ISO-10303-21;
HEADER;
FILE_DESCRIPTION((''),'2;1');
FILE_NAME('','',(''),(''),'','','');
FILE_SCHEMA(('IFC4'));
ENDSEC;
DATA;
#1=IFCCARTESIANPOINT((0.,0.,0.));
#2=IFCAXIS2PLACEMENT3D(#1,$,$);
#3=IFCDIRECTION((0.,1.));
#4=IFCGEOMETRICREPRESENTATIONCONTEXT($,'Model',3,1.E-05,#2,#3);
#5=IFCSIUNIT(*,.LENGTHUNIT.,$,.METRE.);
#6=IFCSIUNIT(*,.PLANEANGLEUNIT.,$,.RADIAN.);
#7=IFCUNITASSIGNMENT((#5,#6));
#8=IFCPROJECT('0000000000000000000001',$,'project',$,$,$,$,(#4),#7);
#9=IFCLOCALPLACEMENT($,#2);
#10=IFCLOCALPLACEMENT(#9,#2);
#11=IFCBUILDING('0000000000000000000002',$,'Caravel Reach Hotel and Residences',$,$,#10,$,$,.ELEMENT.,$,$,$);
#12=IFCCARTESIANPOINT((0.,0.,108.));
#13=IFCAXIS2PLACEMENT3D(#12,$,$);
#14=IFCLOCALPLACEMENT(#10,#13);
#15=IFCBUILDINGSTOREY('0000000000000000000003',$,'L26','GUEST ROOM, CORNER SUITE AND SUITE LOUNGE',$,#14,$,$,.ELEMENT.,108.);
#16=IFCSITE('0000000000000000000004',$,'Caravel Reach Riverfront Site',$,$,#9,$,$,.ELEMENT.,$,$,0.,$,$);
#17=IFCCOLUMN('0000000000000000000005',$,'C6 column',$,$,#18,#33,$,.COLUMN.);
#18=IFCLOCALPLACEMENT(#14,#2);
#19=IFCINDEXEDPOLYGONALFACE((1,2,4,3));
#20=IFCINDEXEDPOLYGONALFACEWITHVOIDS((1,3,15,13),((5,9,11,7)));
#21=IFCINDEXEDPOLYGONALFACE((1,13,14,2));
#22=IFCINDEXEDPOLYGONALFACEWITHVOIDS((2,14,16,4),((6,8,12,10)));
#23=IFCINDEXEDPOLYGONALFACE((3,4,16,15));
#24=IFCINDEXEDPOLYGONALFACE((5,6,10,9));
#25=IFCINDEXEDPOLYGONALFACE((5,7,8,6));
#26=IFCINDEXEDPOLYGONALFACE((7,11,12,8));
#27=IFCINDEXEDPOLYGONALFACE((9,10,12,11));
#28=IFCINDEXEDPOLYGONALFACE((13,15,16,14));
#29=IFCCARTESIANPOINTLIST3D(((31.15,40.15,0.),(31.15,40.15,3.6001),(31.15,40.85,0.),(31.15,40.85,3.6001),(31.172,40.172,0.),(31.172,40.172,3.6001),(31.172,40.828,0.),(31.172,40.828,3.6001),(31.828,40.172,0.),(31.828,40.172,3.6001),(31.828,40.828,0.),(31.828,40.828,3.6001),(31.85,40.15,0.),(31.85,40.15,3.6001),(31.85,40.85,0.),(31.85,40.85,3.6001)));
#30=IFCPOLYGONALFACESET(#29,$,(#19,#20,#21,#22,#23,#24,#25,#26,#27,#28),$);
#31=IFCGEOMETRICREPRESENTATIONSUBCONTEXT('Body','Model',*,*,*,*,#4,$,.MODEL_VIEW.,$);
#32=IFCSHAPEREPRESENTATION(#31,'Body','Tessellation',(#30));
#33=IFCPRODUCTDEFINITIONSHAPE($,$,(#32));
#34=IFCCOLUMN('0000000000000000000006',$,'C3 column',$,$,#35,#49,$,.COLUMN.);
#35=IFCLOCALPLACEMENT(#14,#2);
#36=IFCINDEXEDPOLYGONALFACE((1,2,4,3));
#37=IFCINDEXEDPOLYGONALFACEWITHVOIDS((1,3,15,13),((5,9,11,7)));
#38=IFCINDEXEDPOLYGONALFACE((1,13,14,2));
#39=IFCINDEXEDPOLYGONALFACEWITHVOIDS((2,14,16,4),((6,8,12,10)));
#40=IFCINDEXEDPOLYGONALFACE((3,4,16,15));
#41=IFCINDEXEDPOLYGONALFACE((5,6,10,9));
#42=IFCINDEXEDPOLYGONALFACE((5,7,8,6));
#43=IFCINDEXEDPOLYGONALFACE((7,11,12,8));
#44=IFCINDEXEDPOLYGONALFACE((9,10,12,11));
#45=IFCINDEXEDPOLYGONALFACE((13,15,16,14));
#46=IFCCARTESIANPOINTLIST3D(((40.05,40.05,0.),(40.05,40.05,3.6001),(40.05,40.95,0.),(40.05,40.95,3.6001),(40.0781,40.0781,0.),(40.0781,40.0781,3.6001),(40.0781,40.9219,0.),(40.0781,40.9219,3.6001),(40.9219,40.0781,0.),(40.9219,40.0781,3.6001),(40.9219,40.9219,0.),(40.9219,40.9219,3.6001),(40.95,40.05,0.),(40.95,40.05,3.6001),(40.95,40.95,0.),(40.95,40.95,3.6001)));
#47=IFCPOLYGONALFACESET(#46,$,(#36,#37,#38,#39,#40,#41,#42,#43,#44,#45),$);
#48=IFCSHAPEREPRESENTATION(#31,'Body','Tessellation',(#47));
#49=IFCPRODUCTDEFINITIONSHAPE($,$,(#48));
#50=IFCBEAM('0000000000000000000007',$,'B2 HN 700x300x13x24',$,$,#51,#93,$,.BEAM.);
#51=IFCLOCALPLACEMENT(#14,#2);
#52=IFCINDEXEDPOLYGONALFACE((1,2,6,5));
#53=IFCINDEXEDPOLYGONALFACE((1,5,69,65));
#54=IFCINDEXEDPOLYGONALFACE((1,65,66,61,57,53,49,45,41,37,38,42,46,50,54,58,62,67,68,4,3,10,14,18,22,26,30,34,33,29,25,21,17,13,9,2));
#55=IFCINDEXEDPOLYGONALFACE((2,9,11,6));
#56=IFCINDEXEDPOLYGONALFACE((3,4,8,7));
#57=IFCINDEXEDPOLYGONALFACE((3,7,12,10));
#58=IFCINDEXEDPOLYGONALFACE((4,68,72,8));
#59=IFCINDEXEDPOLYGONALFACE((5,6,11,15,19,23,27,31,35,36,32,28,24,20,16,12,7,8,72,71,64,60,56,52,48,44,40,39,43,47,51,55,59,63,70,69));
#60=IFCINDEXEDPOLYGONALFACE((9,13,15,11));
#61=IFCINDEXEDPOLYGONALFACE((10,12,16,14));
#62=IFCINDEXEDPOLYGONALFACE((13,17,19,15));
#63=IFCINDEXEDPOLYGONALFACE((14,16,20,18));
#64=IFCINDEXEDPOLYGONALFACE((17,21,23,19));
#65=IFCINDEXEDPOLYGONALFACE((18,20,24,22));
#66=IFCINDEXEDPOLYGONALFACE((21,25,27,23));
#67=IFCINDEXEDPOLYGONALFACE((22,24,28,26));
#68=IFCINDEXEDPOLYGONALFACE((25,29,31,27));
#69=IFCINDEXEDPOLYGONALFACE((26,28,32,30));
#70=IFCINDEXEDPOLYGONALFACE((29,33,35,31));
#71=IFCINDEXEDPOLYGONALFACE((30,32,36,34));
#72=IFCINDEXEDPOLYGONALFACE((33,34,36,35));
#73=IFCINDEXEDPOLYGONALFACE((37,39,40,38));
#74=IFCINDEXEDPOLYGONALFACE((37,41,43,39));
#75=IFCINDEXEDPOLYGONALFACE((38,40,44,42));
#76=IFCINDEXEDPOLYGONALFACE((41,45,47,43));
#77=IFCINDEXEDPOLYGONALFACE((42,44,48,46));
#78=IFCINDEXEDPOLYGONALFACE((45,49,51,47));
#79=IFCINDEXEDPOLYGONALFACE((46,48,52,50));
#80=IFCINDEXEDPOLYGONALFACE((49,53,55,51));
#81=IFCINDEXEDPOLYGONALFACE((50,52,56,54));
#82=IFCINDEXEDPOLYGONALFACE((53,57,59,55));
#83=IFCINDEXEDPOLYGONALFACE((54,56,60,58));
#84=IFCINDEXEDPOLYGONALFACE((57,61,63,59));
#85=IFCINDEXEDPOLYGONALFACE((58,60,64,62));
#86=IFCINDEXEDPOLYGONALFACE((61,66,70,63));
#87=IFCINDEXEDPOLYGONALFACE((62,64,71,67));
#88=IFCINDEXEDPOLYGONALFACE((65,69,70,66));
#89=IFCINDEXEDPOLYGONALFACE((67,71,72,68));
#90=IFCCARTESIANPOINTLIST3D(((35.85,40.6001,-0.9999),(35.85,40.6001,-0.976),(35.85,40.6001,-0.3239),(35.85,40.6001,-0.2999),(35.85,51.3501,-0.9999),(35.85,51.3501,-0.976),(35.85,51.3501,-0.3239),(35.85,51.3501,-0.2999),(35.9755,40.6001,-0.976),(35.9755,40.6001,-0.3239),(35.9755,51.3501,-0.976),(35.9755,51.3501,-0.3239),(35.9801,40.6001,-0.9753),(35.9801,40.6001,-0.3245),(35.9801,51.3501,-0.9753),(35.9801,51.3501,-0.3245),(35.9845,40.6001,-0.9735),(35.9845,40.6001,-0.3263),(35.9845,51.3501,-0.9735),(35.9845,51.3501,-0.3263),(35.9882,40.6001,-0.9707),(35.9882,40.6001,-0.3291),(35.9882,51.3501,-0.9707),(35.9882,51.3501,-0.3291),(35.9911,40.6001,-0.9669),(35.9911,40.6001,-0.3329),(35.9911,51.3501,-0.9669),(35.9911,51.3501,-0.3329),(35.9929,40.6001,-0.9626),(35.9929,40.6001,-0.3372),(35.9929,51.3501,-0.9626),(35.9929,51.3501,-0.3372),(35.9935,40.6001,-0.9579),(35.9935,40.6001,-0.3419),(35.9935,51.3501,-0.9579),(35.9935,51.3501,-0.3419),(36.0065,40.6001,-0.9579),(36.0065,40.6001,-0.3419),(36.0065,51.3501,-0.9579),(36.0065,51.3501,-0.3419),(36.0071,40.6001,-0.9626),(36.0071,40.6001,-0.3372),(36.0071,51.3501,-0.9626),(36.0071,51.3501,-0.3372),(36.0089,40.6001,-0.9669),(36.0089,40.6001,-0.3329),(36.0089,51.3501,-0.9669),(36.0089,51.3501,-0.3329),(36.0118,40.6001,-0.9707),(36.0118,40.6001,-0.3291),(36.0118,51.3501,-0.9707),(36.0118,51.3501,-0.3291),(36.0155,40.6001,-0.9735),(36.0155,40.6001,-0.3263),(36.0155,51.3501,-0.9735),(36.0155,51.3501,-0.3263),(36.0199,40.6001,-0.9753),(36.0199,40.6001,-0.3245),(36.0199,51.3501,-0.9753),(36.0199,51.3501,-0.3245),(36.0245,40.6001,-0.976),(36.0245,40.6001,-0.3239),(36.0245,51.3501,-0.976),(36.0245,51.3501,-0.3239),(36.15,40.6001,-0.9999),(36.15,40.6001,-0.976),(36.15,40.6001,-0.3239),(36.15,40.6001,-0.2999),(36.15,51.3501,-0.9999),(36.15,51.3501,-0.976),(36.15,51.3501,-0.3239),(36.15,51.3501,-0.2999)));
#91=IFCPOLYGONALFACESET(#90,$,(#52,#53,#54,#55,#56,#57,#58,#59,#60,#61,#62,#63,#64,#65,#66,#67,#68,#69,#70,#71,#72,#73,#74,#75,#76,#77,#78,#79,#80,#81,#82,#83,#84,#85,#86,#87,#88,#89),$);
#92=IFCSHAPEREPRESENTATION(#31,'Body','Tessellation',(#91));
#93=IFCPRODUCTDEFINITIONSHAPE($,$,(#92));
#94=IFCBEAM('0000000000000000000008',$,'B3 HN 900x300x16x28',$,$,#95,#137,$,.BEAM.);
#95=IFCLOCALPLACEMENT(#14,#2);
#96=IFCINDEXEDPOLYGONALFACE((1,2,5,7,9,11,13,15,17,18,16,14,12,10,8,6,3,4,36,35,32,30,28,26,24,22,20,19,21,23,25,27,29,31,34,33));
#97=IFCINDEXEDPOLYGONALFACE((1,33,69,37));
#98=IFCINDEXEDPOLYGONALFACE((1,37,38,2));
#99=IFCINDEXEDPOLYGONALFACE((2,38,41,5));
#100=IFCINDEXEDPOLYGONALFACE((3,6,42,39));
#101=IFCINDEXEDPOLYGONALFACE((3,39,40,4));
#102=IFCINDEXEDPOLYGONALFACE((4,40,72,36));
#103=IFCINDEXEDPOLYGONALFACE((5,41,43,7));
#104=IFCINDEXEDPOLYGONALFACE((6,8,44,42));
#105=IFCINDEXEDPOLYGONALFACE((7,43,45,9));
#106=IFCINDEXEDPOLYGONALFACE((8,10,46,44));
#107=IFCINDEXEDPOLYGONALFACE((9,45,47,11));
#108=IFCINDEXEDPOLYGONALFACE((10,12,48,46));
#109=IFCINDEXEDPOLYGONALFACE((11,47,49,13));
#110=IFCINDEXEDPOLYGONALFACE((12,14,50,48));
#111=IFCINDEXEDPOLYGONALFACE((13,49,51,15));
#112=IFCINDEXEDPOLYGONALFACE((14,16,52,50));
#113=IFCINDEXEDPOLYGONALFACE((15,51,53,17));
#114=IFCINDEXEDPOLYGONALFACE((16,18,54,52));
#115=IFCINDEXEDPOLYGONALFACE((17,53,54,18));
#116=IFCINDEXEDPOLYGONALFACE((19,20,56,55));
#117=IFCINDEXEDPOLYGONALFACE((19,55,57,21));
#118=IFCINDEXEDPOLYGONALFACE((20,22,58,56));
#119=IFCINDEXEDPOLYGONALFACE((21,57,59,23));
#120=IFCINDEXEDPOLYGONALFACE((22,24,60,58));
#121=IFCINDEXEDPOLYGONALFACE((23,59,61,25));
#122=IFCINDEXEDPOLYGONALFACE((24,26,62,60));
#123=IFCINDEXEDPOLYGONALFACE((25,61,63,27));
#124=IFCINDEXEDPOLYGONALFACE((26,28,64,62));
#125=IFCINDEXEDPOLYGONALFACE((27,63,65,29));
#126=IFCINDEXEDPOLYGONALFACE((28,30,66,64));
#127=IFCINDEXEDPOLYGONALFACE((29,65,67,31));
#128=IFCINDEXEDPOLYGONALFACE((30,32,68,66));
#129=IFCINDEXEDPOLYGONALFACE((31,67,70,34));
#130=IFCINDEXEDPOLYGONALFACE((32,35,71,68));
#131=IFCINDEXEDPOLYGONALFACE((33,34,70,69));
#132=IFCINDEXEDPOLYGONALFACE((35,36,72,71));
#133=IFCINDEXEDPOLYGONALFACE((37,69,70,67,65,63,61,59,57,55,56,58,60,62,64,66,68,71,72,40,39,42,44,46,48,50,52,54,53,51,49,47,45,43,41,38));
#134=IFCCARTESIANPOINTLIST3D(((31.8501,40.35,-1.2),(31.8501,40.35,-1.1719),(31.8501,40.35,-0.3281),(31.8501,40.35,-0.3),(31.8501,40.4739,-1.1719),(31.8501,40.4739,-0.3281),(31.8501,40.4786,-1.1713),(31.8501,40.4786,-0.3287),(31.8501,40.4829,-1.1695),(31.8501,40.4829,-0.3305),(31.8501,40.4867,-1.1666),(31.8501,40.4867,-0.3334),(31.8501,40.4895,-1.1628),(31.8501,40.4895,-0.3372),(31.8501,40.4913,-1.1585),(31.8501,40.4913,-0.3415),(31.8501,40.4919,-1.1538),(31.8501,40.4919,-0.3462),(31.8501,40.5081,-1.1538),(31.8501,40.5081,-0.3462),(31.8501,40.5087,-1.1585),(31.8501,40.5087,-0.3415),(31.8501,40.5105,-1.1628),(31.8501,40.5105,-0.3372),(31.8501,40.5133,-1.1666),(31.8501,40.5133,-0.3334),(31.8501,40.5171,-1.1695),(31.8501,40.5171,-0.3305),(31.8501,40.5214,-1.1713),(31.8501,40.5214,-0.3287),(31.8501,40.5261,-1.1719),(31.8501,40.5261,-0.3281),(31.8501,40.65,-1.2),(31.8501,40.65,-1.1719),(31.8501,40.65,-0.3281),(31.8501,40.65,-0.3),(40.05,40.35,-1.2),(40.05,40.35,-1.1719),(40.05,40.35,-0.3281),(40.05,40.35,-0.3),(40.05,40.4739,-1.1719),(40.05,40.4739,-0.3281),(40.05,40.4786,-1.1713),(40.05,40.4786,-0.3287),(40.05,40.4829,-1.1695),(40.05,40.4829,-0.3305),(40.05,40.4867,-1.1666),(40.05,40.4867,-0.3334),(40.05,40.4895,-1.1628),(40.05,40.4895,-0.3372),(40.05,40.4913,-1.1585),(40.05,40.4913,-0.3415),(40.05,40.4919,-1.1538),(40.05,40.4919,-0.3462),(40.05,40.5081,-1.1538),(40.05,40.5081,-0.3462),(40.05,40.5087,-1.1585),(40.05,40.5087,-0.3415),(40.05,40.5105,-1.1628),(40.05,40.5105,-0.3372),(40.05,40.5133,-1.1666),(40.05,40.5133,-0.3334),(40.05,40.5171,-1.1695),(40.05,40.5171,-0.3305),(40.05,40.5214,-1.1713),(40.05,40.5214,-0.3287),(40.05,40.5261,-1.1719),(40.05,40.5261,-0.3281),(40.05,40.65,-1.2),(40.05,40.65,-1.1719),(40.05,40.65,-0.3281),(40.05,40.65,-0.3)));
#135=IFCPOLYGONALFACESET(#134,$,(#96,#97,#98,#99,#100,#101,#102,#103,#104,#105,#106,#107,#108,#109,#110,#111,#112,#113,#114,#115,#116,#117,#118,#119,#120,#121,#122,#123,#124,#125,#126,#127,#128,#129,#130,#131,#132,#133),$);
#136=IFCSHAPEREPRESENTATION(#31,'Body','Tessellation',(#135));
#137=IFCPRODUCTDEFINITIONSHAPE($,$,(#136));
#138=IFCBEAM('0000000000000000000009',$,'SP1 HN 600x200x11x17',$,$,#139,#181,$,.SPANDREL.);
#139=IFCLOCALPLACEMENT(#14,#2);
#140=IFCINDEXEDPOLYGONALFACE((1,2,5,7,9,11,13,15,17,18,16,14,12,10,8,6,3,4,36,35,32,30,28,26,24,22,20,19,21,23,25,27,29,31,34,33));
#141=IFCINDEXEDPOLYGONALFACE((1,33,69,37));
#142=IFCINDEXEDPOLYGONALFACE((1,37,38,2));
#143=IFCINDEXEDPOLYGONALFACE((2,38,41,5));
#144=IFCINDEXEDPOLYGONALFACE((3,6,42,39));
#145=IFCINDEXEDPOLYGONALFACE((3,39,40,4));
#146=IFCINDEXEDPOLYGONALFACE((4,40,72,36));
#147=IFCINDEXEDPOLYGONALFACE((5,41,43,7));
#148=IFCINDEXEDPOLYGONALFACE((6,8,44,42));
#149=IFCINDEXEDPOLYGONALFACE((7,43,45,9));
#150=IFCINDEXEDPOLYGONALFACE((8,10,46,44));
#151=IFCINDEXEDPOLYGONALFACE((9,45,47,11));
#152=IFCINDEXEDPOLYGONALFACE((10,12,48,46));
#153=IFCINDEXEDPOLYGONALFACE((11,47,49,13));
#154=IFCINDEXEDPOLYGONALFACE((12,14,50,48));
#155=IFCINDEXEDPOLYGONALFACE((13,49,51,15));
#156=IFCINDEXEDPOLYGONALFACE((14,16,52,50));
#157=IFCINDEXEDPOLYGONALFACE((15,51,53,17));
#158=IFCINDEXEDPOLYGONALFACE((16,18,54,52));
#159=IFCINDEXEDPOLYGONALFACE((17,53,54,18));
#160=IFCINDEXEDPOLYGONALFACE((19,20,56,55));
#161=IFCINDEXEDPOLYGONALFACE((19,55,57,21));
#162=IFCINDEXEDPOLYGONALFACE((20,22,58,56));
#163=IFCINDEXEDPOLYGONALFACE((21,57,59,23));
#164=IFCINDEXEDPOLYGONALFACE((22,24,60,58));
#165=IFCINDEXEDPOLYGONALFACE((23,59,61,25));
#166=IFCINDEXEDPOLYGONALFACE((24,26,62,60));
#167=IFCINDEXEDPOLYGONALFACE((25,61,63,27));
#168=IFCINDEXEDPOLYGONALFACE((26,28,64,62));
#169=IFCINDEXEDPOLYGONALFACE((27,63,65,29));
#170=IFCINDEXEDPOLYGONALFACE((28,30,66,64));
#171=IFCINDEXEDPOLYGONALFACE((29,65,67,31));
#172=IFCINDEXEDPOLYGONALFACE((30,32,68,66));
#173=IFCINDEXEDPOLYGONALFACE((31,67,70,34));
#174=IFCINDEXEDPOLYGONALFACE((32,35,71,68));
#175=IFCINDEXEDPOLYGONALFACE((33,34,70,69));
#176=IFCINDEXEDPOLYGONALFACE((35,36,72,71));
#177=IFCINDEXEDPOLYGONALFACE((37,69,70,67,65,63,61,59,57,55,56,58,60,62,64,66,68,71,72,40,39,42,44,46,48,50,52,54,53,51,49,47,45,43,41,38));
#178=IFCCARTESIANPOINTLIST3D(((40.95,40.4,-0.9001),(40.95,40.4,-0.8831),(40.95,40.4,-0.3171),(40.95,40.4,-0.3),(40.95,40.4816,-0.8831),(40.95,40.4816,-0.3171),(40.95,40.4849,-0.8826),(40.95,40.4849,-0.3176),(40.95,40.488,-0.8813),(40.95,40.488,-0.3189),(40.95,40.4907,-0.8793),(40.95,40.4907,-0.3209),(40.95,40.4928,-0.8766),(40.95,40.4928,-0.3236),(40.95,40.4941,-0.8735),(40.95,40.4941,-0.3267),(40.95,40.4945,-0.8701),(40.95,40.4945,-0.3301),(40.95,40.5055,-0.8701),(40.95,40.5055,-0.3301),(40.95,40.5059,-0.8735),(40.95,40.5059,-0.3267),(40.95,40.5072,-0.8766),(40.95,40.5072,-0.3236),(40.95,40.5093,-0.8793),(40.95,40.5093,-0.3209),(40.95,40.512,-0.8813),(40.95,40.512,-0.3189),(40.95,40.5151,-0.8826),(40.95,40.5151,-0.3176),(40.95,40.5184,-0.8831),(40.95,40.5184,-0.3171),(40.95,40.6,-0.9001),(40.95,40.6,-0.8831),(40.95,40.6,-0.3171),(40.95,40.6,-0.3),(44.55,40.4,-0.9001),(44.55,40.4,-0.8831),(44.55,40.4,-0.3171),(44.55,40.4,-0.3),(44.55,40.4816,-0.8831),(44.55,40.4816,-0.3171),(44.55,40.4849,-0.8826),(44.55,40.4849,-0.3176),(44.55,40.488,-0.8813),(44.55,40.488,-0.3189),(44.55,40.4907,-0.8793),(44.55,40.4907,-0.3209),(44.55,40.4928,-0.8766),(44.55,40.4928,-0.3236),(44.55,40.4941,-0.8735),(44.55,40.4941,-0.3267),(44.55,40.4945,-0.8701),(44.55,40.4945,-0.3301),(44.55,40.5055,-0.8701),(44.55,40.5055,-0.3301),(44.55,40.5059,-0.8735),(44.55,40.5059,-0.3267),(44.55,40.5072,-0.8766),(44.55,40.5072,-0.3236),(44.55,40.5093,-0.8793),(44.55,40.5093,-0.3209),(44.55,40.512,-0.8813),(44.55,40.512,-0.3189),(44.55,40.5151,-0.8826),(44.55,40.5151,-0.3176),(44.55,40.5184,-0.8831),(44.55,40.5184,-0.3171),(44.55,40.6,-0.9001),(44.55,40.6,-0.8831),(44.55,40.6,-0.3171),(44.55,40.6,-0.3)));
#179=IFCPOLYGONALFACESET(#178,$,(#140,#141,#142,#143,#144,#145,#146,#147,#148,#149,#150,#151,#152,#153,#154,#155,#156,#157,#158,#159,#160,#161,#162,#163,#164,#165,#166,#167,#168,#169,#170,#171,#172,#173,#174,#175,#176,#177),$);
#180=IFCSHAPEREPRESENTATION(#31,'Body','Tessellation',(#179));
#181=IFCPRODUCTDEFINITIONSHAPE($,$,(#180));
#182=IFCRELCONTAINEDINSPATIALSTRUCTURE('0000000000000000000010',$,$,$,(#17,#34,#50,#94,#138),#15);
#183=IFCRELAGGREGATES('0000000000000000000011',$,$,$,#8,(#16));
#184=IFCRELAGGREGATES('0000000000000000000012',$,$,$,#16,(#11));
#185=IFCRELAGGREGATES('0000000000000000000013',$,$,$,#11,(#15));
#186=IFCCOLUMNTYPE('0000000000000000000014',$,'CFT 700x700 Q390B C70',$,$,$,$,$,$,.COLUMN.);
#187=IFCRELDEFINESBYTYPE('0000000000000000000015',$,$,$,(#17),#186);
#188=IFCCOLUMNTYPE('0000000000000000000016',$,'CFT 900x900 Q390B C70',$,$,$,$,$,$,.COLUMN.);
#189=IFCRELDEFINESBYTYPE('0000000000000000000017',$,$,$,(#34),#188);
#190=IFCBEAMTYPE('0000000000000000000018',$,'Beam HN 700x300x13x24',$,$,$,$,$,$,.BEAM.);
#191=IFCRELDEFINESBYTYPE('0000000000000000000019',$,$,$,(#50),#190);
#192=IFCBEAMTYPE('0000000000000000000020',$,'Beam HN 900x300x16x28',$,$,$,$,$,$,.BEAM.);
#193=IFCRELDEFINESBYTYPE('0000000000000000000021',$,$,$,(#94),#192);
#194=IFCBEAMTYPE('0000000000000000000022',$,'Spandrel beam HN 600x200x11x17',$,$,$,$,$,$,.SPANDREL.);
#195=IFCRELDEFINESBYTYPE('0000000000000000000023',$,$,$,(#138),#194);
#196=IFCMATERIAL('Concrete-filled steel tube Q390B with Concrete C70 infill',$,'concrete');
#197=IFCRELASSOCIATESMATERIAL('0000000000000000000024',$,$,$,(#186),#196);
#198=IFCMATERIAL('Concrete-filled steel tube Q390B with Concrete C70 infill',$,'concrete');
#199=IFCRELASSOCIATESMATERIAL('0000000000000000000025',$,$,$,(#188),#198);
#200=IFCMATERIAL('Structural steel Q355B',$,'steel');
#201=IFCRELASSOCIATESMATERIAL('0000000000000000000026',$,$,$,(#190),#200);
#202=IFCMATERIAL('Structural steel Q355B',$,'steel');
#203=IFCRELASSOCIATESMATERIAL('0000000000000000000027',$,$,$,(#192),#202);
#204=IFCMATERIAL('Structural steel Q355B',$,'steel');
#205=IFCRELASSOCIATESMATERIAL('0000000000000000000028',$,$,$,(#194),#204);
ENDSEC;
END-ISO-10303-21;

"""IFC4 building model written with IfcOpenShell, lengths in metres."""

from ifc_helpers import new_model, si_unit, direction, frame, origin, origin_2d, place, context, subcontext, project, spatial, hollow_rectangle, i_section, extrude, material, material_profile, profile_set, type_object, element, save


model = new_model("IFC4")

# Units and contexts
model_context = context("Model", 3, precision=1e-05, world=origin(), true_north=direction((0.0, 1.0)))
body_context = subcontext(model_context, "Body", "Model", "MODEL_VIEW")
ifc_project = project(units=[si_unit("LENGTHUNIT", "METRE"), si_unit("PLANEANGLEUNIT", "RADIAN")], contexts=[model_context])

# Site, building, storey
site_placement = place(None, origin())
site = spatial("IfcSite", under=ifc_project, at=site_placement, Name="Caravel Reach Riverfront Site", CompositionType="ELEMENT", RefElevation=0.0)
building_placement = place(site_placement, origin())
building = spatial("IfcBuilding", under=site, at=building_placement, Name="Caravel Reach Hotel and Residences", CompositionType="ELEMENT")
storey_placement = place(building_placement, frame((0.0, 0.0, 108.0)))
storey = spatial("IfcBuildingStorey", under=building, at=storey_placement, Name="L26", Description="GUEST ROOM, CORNER SUITE AND SUITE LOUNGE", CompositionType="ELEMENT", Elevation=108.0)

# Columns
ifc_material_1 = material(Name="Concrete-filled steel tube Q390B with Concrete C70 infill", Category="concrete")
ifc_material_profile_1 = material_profile(ifc_material_1, hollow_rectangle(XDim=0.7, YDim=0.7, WallThickness=0.022, at=origin_2d()), Name="RHS 700x700x22")
ifc_profile_set_1 = profile_set([ifc_material_profile_1], Name="Concrete-filled steel tube Q390B with Concrete C70 infill")
column_type_1 = type_object("IfcColumnType", Name="CFT 700x700 Q390B C70", PredefinedType="COLUMN", material=ifc_profile_set_1)
column_1_placement = place(storey_placement, frame((31.5, 40.5, 0.0), z_axis=(0.0, 0.0, 1.0), x_axis=(1.0, 0.0, 0.0)))
element("IfcColumn", 1, at=column_1_placement, inside=storey, type_object=column_type_1, Name="C6 column", PredefinedType="COLUMN", context=body_context, shape_type="SweptSolid", body=[
    extrude(hollow_rectangle(XDim=0.7, YDim=0.7, WallThickness=0.022, at=origin_2d()), origin(), (0.0, 0.0, 1.0), 3.6001),
])
ifc_material_2 = material(Name="Concrete-filled steel tube Q390B with Concrete C70 infill", Category="concrete")
ifc_material_profile_2 = material_profile(ifc_material_2, hollow_rectangle(XDim=0.8999, YDim=0.8999, WallThickness=0.0281, at=origin_2d()), Name="RHS 900x900x28")
ifc_profile_set_2 = profile_set([ifc_material_profile_2], Name="Concrete-filled steel tube Q390B with Concrete C70 infill")
column_type_2 = type_object("IfcColumnType", Name="CFT 900x900 Q390B C70", PredefinedType="COLUMN", material=ifc_profile_set_2)
column_2_placement = place(storey_placement, frame((40.5, 40.5, 0.0), z_axis=(0.0, 0.0, 1.0), x_axis=(1.0, 0.0, 0.0)))
element("IfcColumn", 2, at=column_2_placement, inside=storey, type_object=column_type_2, Name="C3 column", PredefinedType="COLUMN", context=body_context, shape_type="SweptSolid", body=[
    extrude(hollow_rectangle(XDim=0.8999, YDim=0.8999, WallThickness=0.0281, at=origin_2d()), origin(), (0.0, 0.0, 1.0), 3.6001),
])

# Beams
ifc_material_3 = material(Name="Structural steel Q355B", Category="steel")
ifc_material_profile_3 = material_profile(ifc_material_3, i_section(OverallWidth=0.3, OverallDepth=0.7, WebThickness=0.0129, FlangeThickness=0.0239, FilletRadius=0.0181, at=origin_2d()), Name="HN 700x300x13x24")
ifc_profile_set_3 = profile_set([ifc_material_profile_3], Name="Structural steel Q355B")
beam_type_1 = type_object("IfcBeamType", Name="Beam HN 700x300x13x24", PredefinedType="BEAM", material=ifc_profile_set_3)
beam_1_placement = place(storey_placement, frame((36.0, 40.6001, -0.6499), z_axis=(0.0, 1.0, 0.0), x_axis=(-1.0, 0.0, 0.0)))
element("IfcBeam", 3, at=beam_1_placement, inside=storey, type_object=beam_type_1, Name="B2 HN 700x300x13x24", PredefinedType="BEAM", context=body_context, shape_type="SweptSolid", body=[
    extrude(i_section(OverallWidth=0.3, OverallDepth=0.7, WebThickness=0.0129, FlangeThickness=0.0239, FilletRadius=0.0181, at=origin_2d()), origin(), (0.0, 0.0, 1.0), 10.75),
])
ifc_material_4 = material(Name="Structural steel Q355B", Category="steel")
ifc_material_profile_4 = material_profile(ifc_material_4, i_section(OverallWidth=0.3, OverallDepth=0.8999, WebThickness=0.0161, FlangeThickness=0.0281, FilletRadius=0.0181, at=origin_2d()), Name="HN 900x300x16x28")
ifc_profile_set_4 = profile_set([ifc_material_profile_4], Name="Structural steel Q355B")
beam_type_2 = type_object("IfcBeamType", Name="Beam HN 900x300x16x28", PredefinedType="BEAM", material=ifc_profile_set_4)
beam_2_placement = place(storey_placement, frame((31.8501, 40.5, -0.75), z_axis=(1.0, 0.0, 0.0), x_axis=(0.0, 1.0, 0.0)))
element("IfcBeam", 4, at=beam_2_placement, inside=storey, type_object=beam_type_2, Name="B3 HN 900x300x16x28", PredefinedType="BEAM", context=body_context, shape_type="SweptSolid", body=[
    extrude(i_section(OverallWidth=0.3, OverallDepth=0.8999, WebThickness=0.0161, FlangeThickness=0.0281, FilletRadius=0.0181, at=origin_2d()), origin(), (0.0, 0.0, 1.0), 8.2),
])
ifc_material_5 = material(Name="Structural steel Q355B", Category="steel")
ifc_material_profile_5 = material_profile(ifc_material_5, i_section(OverallWidth=0.2, OverallDepth=0.6001, WebThickness=0.011, FlangeThickness=0.0171, FilletRadius=0.0129, at=origin_2d()), Name="HN 600x200x11x17")
ifc_profile_set_5 = profile_set([ifc_material_profile_5], Name="Structural steel Q355B")
beam_type_3 = type_object("IfcBeamType", Name="Spandrel beam HN 600x200x11x17", PredefinedType="SPANDREL", material=ifc_profile_set_5)
beam_3_placement = place(storey_placement, frame((44.55, 40.5, -0.6001), z_axis=(-1.0, 0.0, 0.0), x_axis=(0.0, -1.0, 0.0)))
element("IfcBeam", 5, at=beam_3_placement, inside=storey, type_object=beam_type_3, Name="SP1 HN 600x200x11x17", PredefinedType="SPANDREL", context=body_context, shape_type="SweptSolid", body=[
    extrude(i_section(OverallWidth=0.2, OverallDepth=0.6001, WebThickness=0.011, FlangeThickness=0.0171, FilletRadius=0.0129, at=origin_2d()), origin(), (0.0, 0.0, 1.0), 3.6001),
])

save(model, "model.ifc")
